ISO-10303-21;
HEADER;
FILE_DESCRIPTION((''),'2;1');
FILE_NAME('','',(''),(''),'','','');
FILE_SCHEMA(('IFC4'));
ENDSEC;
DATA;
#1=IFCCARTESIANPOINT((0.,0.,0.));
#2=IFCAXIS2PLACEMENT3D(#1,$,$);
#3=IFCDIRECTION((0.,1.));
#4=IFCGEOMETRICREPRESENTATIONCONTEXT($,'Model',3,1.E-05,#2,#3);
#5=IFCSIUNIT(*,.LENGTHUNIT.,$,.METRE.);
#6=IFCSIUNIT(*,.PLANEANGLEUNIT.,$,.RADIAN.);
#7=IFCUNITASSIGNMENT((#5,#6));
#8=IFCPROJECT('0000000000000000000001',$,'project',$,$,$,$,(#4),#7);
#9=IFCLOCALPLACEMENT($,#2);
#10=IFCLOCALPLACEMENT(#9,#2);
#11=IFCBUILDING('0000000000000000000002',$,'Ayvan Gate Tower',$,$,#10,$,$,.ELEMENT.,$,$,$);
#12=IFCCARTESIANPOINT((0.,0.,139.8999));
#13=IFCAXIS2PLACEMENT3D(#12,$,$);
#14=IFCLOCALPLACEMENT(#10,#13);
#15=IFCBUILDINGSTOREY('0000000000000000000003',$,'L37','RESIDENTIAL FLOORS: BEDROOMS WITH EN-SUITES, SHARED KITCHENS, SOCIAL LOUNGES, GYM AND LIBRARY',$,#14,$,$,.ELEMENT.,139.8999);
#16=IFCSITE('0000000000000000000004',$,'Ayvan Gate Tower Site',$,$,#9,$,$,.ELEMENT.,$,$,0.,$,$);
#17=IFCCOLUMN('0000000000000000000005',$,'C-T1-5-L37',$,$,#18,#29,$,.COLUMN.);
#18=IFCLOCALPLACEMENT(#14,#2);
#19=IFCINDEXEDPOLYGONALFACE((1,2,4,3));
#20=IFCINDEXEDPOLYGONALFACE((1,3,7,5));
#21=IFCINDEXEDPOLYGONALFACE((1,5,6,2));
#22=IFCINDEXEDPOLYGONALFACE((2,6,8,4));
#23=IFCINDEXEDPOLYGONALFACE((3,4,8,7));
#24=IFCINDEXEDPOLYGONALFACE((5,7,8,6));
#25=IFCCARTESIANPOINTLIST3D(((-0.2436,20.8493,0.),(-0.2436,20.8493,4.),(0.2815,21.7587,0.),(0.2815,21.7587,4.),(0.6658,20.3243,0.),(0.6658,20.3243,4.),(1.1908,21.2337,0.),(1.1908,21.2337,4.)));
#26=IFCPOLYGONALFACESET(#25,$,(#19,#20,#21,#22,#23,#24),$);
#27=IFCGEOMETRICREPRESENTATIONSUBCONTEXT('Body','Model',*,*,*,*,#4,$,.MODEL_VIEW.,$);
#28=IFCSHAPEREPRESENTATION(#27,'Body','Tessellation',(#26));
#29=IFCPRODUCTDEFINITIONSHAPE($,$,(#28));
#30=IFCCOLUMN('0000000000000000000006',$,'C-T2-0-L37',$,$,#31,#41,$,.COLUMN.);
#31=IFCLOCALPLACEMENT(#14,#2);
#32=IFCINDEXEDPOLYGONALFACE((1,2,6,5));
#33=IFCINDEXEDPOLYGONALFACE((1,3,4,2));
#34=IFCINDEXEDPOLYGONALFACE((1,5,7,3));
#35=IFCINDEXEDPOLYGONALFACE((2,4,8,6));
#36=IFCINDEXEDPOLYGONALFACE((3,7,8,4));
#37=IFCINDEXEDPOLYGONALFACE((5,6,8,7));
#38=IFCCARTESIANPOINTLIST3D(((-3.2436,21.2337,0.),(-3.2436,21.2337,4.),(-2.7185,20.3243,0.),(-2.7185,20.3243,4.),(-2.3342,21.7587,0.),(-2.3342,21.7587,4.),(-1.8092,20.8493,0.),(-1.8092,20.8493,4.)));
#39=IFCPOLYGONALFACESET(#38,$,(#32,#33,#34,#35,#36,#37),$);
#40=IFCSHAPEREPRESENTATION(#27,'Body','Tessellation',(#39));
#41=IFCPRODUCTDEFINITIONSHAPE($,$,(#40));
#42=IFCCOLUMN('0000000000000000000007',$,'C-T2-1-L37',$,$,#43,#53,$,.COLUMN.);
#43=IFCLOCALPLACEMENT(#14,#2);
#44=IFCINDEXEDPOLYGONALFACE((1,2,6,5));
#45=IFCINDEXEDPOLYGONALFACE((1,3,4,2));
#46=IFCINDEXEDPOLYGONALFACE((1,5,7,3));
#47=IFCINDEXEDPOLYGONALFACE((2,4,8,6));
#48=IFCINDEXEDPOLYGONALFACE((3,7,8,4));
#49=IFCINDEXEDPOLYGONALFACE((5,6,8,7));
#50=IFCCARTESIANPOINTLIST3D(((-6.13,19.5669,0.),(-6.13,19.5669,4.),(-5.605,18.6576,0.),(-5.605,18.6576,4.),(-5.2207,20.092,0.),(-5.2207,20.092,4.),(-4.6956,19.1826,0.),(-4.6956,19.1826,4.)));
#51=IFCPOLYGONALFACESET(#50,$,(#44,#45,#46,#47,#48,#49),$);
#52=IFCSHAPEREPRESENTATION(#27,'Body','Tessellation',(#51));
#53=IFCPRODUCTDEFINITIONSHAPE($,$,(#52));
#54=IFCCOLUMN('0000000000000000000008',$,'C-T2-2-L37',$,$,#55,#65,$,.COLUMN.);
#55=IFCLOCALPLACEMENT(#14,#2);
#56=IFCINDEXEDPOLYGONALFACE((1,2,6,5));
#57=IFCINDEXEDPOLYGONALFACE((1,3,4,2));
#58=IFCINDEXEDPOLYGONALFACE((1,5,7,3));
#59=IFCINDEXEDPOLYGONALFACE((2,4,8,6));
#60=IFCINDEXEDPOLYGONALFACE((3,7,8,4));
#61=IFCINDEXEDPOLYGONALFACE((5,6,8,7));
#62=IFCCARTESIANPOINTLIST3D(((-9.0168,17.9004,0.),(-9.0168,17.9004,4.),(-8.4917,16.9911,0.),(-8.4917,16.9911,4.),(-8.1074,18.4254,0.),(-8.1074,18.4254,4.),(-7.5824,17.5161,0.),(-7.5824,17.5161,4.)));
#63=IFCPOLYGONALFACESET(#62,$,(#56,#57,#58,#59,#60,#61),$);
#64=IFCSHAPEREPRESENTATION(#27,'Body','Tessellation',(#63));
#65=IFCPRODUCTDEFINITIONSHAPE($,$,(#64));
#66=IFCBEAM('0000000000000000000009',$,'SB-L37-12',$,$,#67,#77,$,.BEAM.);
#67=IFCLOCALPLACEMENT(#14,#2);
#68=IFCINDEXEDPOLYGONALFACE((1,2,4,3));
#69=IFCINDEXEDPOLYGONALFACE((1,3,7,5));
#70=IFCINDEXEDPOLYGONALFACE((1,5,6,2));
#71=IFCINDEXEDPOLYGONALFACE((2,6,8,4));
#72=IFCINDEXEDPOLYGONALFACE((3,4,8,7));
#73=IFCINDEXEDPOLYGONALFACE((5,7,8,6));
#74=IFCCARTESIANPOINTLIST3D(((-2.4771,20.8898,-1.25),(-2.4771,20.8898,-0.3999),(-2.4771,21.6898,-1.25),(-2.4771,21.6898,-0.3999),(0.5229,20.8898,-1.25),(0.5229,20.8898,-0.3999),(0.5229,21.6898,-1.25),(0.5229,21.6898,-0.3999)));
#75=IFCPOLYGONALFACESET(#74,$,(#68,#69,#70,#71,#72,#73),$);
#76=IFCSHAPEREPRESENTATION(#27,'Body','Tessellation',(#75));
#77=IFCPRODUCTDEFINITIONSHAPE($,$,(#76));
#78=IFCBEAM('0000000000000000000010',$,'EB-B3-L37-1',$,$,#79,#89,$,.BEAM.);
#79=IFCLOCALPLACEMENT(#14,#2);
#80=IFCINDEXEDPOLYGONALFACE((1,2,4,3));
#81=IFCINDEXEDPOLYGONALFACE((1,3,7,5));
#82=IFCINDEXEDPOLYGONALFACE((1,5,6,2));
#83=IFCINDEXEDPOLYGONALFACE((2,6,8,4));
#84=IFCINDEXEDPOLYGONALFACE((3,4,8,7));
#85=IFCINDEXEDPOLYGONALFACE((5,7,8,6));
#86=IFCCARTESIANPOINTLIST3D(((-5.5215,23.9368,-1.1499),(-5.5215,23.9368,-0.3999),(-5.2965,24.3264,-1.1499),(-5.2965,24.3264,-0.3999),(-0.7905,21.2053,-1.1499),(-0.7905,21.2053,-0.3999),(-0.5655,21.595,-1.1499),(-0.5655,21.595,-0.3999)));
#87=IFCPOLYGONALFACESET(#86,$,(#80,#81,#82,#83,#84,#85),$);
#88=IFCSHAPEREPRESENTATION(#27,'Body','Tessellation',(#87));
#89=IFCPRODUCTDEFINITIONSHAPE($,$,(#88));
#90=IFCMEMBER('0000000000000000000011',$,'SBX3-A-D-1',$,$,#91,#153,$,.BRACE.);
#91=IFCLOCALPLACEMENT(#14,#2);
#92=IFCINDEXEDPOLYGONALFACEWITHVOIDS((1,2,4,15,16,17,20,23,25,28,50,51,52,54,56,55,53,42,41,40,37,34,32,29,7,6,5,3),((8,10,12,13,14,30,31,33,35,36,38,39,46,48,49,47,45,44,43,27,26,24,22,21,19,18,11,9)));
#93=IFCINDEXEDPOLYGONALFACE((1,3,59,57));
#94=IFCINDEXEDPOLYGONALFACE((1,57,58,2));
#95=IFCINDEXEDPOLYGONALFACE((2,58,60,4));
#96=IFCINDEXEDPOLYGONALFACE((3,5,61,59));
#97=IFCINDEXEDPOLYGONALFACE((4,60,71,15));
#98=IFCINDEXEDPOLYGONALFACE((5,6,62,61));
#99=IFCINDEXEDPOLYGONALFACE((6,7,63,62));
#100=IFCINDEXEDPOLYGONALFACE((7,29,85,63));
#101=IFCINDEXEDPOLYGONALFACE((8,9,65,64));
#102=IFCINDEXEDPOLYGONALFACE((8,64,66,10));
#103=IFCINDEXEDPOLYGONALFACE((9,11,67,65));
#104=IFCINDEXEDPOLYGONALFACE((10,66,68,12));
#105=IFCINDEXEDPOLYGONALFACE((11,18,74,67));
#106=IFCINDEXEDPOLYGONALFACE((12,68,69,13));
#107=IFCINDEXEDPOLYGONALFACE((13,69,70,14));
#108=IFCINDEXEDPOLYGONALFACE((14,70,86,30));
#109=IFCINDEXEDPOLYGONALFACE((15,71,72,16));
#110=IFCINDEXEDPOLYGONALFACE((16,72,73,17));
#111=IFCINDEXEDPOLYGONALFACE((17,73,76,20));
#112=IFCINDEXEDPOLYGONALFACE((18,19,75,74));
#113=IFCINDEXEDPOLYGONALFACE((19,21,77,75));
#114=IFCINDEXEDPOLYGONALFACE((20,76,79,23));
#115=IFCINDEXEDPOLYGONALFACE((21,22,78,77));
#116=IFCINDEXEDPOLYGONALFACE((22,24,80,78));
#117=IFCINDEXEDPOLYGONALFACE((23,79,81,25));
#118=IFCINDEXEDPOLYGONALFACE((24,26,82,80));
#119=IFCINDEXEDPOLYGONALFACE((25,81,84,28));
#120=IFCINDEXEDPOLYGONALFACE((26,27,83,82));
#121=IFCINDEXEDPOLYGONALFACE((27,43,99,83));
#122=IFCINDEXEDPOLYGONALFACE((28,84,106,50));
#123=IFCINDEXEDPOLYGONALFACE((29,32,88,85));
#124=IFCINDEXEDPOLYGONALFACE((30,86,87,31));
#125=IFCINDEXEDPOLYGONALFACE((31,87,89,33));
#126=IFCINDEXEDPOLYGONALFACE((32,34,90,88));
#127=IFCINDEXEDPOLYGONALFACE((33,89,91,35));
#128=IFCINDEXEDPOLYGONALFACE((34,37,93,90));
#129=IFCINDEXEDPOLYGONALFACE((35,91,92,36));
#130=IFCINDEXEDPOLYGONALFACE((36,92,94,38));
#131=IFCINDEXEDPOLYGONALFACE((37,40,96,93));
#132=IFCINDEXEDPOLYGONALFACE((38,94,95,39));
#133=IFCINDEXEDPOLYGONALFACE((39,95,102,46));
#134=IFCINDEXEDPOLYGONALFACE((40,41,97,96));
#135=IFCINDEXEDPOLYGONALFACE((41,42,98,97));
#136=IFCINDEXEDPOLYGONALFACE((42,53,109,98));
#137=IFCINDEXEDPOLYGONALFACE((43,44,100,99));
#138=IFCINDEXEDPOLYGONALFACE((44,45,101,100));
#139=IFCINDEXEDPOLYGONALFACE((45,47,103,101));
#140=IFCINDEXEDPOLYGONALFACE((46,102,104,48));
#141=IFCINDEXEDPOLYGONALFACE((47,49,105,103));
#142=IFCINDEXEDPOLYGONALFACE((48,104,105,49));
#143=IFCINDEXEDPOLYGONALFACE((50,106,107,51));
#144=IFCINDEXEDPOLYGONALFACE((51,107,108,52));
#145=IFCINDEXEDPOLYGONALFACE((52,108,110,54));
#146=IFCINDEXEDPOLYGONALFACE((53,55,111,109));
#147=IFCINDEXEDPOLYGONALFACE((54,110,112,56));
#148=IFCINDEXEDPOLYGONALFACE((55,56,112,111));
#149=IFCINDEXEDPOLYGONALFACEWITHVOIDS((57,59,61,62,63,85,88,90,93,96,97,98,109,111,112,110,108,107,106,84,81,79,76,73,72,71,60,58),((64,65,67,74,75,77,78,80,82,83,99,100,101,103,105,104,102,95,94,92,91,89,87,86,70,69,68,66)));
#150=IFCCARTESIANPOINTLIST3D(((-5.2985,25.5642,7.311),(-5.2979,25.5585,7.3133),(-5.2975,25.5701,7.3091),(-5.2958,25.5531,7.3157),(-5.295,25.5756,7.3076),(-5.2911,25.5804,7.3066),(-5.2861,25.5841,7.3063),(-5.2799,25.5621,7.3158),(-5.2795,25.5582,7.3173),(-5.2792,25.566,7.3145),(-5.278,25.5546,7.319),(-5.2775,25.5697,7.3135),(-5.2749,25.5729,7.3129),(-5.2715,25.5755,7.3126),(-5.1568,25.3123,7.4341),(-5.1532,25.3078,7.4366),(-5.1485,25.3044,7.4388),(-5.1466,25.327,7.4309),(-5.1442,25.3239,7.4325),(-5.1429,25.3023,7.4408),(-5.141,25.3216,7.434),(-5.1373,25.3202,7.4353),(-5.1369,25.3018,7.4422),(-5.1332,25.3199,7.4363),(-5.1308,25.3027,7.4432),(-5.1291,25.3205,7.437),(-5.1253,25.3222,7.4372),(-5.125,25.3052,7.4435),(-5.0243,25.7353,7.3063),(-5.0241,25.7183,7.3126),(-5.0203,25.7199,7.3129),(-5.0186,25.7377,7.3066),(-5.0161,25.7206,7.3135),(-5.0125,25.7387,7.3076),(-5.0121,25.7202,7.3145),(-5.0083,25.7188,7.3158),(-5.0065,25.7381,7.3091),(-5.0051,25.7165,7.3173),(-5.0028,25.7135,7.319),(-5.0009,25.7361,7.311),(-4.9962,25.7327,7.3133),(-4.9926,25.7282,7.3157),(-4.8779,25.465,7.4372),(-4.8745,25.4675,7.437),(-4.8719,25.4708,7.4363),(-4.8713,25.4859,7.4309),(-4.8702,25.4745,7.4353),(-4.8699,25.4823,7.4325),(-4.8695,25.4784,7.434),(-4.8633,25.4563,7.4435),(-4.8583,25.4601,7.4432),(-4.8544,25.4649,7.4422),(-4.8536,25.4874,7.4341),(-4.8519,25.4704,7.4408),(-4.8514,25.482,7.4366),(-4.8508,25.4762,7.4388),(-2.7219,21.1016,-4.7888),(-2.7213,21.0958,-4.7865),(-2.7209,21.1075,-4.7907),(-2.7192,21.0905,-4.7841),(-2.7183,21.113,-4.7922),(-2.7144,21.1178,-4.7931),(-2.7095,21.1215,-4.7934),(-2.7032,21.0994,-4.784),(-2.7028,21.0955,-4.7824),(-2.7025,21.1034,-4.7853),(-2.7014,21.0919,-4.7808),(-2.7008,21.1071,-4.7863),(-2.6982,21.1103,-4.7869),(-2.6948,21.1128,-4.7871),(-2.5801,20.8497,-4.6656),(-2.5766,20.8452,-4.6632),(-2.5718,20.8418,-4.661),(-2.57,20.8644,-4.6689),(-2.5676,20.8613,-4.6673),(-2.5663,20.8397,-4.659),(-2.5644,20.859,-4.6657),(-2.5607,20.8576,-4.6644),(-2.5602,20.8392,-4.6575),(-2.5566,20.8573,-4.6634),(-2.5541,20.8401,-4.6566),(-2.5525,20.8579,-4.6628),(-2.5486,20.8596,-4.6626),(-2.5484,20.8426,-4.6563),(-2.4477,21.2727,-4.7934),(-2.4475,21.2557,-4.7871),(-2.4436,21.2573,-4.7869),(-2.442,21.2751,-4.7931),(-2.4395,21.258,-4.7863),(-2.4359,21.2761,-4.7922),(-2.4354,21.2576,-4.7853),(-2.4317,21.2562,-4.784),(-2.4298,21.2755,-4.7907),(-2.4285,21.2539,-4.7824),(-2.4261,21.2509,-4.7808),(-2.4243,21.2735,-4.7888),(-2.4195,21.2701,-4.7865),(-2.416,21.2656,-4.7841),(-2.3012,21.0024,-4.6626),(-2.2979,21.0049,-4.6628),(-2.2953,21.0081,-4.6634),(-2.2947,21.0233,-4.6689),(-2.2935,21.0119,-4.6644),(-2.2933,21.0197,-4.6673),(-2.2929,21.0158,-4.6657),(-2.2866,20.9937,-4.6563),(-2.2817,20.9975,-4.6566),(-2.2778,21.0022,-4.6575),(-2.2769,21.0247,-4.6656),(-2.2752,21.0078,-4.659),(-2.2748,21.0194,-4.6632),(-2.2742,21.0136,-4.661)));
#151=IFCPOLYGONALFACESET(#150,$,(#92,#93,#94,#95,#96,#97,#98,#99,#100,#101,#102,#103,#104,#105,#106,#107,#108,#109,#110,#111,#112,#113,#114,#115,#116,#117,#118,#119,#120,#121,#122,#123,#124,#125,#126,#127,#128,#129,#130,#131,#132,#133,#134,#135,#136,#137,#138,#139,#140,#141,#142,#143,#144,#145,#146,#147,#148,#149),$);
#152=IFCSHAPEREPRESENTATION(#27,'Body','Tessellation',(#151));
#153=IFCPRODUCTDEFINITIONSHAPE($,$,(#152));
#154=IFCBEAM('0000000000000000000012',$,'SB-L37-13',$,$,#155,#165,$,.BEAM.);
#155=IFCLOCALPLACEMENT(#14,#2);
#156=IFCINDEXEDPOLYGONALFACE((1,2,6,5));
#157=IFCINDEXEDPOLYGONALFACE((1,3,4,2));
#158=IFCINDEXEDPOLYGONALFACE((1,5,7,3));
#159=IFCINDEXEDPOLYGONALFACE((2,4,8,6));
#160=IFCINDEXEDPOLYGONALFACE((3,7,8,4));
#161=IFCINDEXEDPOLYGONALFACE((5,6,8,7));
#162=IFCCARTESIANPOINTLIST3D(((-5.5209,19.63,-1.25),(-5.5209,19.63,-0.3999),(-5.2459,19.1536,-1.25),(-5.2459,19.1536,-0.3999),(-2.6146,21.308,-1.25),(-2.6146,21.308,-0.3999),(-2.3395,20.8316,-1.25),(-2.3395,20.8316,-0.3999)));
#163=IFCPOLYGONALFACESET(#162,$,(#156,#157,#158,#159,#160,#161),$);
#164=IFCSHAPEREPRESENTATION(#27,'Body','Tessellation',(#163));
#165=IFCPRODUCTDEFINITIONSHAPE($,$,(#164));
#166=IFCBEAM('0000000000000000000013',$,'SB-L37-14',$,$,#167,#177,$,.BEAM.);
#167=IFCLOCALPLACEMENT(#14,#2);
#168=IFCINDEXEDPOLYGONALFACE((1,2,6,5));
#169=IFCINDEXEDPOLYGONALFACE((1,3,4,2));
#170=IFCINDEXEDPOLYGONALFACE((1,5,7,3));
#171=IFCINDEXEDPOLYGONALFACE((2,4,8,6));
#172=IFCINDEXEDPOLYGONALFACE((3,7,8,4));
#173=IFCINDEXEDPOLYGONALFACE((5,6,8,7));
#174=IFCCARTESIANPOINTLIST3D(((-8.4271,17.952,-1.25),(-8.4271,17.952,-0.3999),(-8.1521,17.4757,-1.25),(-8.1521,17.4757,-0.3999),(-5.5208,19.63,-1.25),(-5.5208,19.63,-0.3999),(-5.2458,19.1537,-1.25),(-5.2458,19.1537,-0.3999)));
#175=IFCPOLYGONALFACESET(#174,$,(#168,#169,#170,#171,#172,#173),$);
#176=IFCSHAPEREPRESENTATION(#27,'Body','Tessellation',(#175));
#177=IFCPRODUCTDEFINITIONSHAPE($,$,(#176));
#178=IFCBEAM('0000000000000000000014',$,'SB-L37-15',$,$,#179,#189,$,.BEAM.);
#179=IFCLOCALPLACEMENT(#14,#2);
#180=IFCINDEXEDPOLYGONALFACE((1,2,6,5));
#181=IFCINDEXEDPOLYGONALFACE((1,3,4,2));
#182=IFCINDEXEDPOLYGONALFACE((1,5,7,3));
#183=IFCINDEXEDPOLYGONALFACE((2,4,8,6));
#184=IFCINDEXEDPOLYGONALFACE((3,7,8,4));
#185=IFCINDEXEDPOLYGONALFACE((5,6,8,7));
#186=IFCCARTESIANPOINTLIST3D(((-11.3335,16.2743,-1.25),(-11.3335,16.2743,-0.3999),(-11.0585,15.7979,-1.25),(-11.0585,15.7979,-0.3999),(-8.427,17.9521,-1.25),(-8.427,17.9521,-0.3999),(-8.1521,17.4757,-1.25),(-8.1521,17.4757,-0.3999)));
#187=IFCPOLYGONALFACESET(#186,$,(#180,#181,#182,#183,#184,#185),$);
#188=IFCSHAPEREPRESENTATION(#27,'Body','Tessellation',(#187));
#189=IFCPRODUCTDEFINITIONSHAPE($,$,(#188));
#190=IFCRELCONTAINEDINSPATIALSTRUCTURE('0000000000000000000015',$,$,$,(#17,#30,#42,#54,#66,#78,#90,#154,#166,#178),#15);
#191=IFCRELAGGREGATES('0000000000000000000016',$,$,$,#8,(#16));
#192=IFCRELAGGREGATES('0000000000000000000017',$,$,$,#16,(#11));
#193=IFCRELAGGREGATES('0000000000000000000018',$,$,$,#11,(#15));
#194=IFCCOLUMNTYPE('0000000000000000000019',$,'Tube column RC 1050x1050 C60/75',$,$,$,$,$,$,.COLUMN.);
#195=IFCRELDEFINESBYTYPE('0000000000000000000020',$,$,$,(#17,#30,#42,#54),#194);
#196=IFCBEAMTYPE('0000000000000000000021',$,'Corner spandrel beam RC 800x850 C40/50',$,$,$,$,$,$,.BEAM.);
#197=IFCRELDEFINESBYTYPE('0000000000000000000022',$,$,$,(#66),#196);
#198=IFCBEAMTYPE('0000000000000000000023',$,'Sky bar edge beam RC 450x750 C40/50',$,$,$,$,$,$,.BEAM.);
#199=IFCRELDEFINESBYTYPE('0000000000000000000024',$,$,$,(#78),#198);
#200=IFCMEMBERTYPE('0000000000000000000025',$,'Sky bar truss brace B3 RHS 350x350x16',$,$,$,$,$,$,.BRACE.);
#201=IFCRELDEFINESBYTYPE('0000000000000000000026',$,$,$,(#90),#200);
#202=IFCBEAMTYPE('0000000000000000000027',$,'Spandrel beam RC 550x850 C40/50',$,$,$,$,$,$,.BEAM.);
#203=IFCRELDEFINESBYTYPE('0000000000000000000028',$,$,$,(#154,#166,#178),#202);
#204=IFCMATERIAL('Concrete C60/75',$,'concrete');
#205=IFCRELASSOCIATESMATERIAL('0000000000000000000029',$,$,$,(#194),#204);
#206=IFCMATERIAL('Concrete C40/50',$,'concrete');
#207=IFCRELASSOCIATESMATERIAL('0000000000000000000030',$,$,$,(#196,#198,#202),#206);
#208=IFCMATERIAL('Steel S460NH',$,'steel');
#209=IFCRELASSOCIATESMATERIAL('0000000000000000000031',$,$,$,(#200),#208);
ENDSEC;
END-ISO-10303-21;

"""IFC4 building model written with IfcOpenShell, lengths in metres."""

from ifc_helpers import new_model, si_unit, direction, frame, origin, origin_2d, place, context, subcontext, project, spatial, rectangle, hollow_rectangle, extrude, material, material_profile, profile_set, type_object, element, save


model = new_model("IFC4")

# Units and contexts
model_context = context("Model", 3, precision=1e-05, world=origin(), true_north=direction((0.0, 1.0)))
body_context = subcontext(model_context, "Body", "Model", "MODEL_VIEW")
ifc_project = project(units=[si_unit("LENGTHUNIT", "METRE"), si_unit("PLANEANGLEUNIT", "RADIAN")], contexts=[model_context])

# Site, building, storey
site_placement = place(None, origin())
site = spatial("IfcSite", under=ifc_project, at=site_placement, Name="Ayvan Gate Tower Site", CompositionType="ELEMENT", RefElevation=0.0)
building_placement = place(site_placement, origin())
building = spatial("IfcBuilding", under=site, at=building_placement, Name="Ayvan Gate Tower", CompositionType="ELEMENT")
storey_placement = place(building_placement, frame((0.0, 0.0, 139.8999)))
storey = spatial("IfcBuildingStorey", under=building, at=storey_placement, Name="L37", Description="RESIDENTIAL FLOORS: BEDROOMS WITH EN-SUITES, SHARED KITCHENS, SOCIAL LOUNGES, GYM AND LIBRARY", CompositionType="ELEMENT", Elevation=139.8999)

# Columns
ifc_material_1 = material(Name="Concrete C60/75", Category="concrete")
ifc_material_profile_1 = material_profile(ifc_material_1, rectangle(XDim=1.05, YDim=1.05, at=origin_2d()), Name="RC 1050x1050")
ifc_profile_set_1 = profile_set([ifc_material_profile_1], Name="Concrete C60/75")
column_type = type_object("IfcColumnType", Name="Tube column RC 1050x1050 C60/75", PredefinedType="COLUMN", material=ifc_profile_set_1)
for number, where, z_axis, x_axis, name in (
    (1, (0.4736, 21.0415, 0.0), (0.0, 0.0, 1.0), (0.5, 0.866025, 0.0), "C-T1-5-L37"),
    (2, (-2.5264, 21.0415, 0.0), (0.0, 0.0, 1.0), (-0.5, 0.866025, 0.0), "C-T2-0-L37"),
    (3, (-5.4128, 19.3748, 0.0), (0.0, 0.0, 1.0), (-0.5, 0.866025, 0.0), "C-T2-1-L37"),
    (4, (-8.2996, 17.7083, 0.0), (0.0, 0.0, 1.0), (-0.5, 0.866025, 0.0), "C-T2-2-L37"),
):
    element("IfcColumn", number, at=place(storey_placement, frame(where, z_axis=z_axis, x_axis=x_axis)), inside=storey, type_object=column_type, Name=name, PredefinedType="COLUMN", context=body_context, shape_type="SweptSolid", body=[
        extrude(rectangle(XDim=1.05, YDim=1.05, at=origin_2d()), origin(), (0.0, 0.0, 1.0), 4.0),
    ])

# Beams
ifc_material_2 = material(Name="Concrete C40/50", Category="concrete")
ifc_material_profile_2 = material_profile(ifc_material_2, rectangle(XDim=0.8, YDim=0.8501, at=origin_2d()), Name="RC 800x850")
ifc_profile_set_2 = profile_set([ifc_material_profile_2], Name="Concrete C40/50")
beam_type_1 = type_object("IfcBeamType", Name="Corner spandrel beam RC 800x850 C40/50", PredefinedType="BEAM", material=ifc_profile_set_2)
beam_1_placement = place(storey_placement, frame((0.5229, 21.2898, -0.825), z_axis=(-1.0, 0.0, 0.0), x_axis=(0.0, -1.0, 0.0)))
element("IfcBeam", 5, at=beam_1_placement, inside=storey, type_object=beam_type_1, Name="SB-L37-12", PredefinedType="BEAM", context=body_context, shape_type="SweptSolid", body=[
    extrude(rectangle(XDim=0.8, YDim=0.8501, at=origin_2d()), origin(), (0.0, 0.0, 1.0), 3.0),
])
ifc_material_profile_3 = material_profile(ifc_material_2, rectangle(XDim=0.45, YDim=0.75, at=origin_2d()), Name="RC 450x750")
ifc_profile_set_3 = profile_set([ifc_material_profile_3], Name="Concrete C40/50")
beam_type_2 = type_object("IfcBeamType", Name="Sky bar edge beam RC 450x750 C40/50", PredefinedType="BEAM", material=ifc_profile_set_3)
beam_2_placement = place(storey_placement, frame((-0.678, 21.4001, -0.7749), z_axis=(-0.866023, 0.500004, 0.0), x_axis=(-0.500004, -0.866023, 0.0)))
element("IfcBeam", 6, at=beam_2_placement, inside=storey, type_object=beam_type_2, Name="EB-B3-L37-1", PredefinedType="BEAM", context=body_context, shape_type="SweptSolid", body=[
    extrude(rectangle(XDim=0.45, YDim=0.75, at=origin_2d()), origin(), (0.0, 0.0, 1.0), 5.4629),
])

# Member
ifc_material_3 = material(Name="Steel S460NH", Category="steel")
ifc_material_profile_4 = material_profile(ifc_material_3, hollow_rectangle(XDim=0.3501, YDim=0.3501, WallThickness=0.0161, InnerFilletRadius=0.0161, OuterFilletRadius=0.0239, at=origin_2d()), Name="RHS 350x350x16")
ifc_profile_set_4 = profile_set([ifc_material_profile_4], Name="Steel S460NH")
member_type_1 = type_object("IfcMemberType", Name="Sky bar truss brace B3 RHS 350x350x16", PredefinedType="BRACE", material=ifc_profile_set_4)
member_1_placement = place(storey_placement, frame((-2.498, 21.0576, -4.7249), z_axis=(-0.195922, 0.339327, 0.920039), x_axis=(-0.866013, -0.500022, 0.0)))
element("IfcMember", 7, at=member_1_placement, inside=storey, type_object=member_type_1, Name="SBX3-A-D-1", PredefinedType="BRACE", context=body_context, shape_type="SweptSolid", body=[
    extrude(hollow_rectangle(XDim=0.3501, YDim=0.3501, WallThickness=0.0161, InnerFilletRadius=0.0161, OuterFilletRadius=0.0239, at=origin_2d()), origin(), (0.0, 0.0, 1.0), 13.1514),
])

# Beams
ifc_material_profile_5 = material_profile(ifc_material_2, rectangle(XDim=0.55, YDim=0.8501, at=origin_2d()), Name="RC 550x850")
ifc_profile_set_5 = profile_set([ifc_material_profile_5], Name="Concrete C40/50")
beam_type_3 = type_object("IfcBeamType", Name="Spandrel beam RC 550x850 C40/50", PredefinedType="BEAM", material=ifc_profile_set_5)
for number, where, z_axis, x_axis, name in (
    (8, (-2.4771, 21.0698, -0.825), (-0.866018, -0.500012, 0.0), (0.500012, -0.866018, 0.0), "SB-L37-13"),
    (9, (-5.3833, 19.3918, -0.825), (-0.866018, -0.500012, 0.0), (0.500012, -0.866018, 0.0), "SB-L37-14"),
    (10, (-8.2896, 17.7139, -0.825), (-0.866068, -0.499926, 0.0), (0.499926, -0.866068, 0.0), "SB-L37-15"),
):
    element("IfcBeam", number, at=place(storey_placement, frame(where, z_axis=z_axis, x_axis=x_axis)), inside=storey, type_object=beam_type_3, Name=name, PredefinedType="BEAM", context=body_context, shape_type="SweptSolid", body=[
        extrude(rectangle(XDim=0.55, YDim=0.8501, at=origin_2d()), origin(), (0.0, 0.0, 1.0), 3.356),
    ])

save(model, "model.ifc")
